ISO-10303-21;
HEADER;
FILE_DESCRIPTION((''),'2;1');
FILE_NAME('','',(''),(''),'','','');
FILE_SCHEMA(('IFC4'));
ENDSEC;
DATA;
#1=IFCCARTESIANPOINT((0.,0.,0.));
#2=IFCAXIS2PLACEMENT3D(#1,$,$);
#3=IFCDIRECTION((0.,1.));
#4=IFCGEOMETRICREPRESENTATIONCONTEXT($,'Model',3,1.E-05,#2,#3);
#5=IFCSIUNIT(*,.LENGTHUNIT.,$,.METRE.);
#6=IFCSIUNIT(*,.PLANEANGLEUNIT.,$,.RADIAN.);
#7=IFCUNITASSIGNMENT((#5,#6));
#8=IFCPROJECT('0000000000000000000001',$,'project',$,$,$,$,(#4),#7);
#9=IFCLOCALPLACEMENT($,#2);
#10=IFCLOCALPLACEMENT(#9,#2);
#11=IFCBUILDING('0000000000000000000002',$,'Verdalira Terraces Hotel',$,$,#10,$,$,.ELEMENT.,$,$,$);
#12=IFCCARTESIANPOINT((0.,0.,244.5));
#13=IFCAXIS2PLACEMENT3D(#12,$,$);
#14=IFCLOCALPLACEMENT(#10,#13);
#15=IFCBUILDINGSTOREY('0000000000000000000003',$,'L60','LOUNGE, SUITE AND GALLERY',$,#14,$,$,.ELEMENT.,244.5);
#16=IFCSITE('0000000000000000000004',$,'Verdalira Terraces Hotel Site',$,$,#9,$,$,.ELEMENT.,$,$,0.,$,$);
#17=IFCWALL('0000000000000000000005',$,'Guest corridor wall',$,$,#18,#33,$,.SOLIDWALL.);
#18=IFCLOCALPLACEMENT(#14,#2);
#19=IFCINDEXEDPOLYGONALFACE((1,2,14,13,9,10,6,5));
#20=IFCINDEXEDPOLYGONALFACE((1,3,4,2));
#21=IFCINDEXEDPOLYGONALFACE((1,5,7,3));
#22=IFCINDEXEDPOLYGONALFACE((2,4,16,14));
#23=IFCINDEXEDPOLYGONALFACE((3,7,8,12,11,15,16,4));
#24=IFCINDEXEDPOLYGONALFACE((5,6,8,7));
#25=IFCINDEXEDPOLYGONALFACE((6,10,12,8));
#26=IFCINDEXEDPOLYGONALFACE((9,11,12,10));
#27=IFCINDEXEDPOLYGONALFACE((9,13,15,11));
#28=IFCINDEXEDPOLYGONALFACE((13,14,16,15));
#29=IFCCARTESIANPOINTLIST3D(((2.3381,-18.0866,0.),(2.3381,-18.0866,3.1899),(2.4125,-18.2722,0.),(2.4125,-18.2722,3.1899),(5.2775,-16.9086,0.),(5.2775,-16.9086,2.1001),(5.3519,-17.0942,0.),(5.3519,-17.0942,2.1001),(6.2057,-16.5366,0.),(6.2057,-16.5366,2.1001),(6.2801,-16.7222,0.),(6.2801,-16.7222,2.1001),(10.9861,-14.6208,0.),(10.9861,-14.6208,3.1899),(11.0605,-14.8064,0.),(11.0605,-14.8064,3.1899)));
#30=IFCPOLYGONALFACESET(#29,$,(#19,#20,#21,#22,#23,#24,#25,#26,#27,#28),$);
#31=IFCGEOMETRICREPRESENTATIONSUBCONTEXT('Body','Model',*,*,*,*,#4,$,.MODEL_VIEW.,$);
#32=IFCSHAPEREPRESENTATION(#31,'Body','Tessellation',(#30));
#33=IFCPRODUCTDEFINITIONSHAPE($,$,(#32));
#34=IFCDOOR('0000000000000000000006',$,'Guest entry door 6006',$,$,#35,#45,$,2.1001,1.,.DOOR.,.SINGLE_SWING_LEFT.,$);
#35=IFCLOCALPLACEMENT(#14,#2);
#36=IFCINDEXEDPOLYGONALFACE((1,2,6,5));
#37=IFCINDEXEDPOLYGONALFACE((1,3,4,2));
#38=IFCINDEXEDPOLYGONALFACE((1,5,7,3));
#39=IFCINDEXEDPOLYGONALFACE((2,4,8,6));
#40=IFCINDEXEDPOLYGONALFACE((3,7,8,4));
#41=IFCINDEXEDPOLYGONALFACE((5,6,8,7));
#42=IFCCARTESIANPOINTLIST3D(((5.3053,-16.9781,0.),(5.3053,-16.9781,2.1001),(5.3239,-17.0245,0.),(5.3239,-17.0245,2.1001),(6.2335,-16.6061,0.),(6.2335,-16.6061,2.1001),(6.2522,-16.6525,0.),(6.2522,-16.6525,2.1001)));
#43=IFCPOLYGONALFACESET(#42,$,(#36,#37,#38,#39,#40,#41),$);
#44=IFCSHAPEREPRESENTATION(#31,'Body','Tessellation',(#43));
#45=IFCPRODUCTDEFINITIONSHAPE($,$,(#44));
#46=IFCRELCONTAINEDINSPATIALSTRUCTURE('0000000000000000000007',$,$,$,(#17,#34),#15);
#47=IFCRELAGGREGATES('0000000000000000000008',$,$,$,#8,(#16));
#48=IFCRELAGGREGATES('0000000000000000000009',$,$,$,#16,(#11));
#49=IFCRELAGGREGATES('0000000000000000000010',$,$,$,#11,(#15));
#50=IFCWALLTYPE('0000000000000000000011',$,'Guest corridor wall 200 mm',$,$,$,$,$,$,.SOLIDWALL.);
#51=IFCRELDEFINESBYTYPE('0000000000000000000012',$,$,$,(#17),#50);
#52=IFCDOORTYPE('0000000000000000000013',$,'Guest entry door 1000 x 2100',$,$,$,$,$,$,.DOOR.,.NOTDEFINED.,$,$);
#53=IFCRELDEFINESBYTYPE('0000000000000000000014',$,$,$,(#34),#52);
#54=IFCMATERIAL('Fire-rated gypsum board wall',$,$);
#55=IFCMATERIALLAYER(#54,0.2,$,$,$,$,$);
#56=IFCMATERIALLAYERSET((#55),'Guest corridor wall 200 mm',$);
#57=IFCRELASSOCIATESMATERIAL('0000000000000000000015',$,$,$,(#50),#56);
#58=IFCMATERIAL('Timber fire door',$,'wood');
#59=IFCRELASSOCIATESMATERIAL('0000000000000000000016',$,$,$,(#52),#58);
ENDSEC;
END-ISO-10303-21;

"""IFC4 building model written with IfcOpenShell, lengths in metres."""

from ifc_helpers import new_model, si_unit, direction, frame, frame_2d, origin, place, context, subcontext, project, spatial, rectangle, extrude, material, layer, layer_set, type_object, element, fill, save


model = new_model("IFC4")

# Units and contexts
model_context = context("Model", 3, precision=1e-05, world=origin(), true_north=direction((0.0, 1.0)))
body_context = subcontext(model_context, "Body", "Model", "MODEL_VIEW")
ifc_project = project(units=[si_unit("LENGTHUNIT", "METRE"), si_unit("PLANEANGLEUNIT", "RADIAN")], contexts=[model_context])

# Site, building, storey
site_placement = place(None, origin())
site = spatial("IfcSite", under=ifc_project, at=site_placement, Name="Verdalira Terraces Hotel Site", CompositionType="ELEMENT", RefElevation=0.0)
building_placement = place(site_placement, origin())
building = spatial("IfcBuilding", under=site, at=building_placement, Name="Verdalira Terraces Hotel", CompositionType="ELEMENT")
storey_placement = place(building_placement, frame((0.0, 0.0, 244.5)))
storey = spatial("IfcBuildingStorey", under=building, at=storey_placement, Name="L60", Description="LOUNGE, SUITE AND GALLERY", CompositionType="ELEMENT", Elevation=244.5)

# Wall, opening, door
ifc_material_1 = material(Name="Fire-rated gypsum board wall")
ifc_layer_1 = layer(ifc_material_1, 0.2)
ifc_layer_set_1 = layer_set([ifc_layer_1], Name="Guest corridor wall 200 mm")
wall_type_1 = type_object("IfcWallType", Name="Guest corridor wall 200 mm", PredefinedType="SOLIDWALL", material=ifc_layer_set_1)
wall_1_placement = place(storey_placement, frame((11.0232, -14.7136, 0.0), z_axis=(0.0, 0.0, 1.0), x_axis=(-0.928231, -0.372005, 0.0)))
wall_1 = element("IfcWall", 1, at=wall_1_placement, inside=storey, type_object=wall_type_1, Name="Guest corridor wall", PredefinedType="SOLIDWALL", context=body_context, shape_type="SweptSolid", body=[
    extrude(rectangle(XDim=9.3166, YDim=0.2, at=frame_2d((4.6582, 0.0))), origin(), (0.0, 0.0, 1.0), 3.1899),
])
opening_1_placement = place(wall_1_placement, frame((5.1499, 0.0, 0.0)))
opening_1 = element("IfcOpeningElement", 2, at=opening_1_placement, cuts=wall_1, PredefinedType="OPENING", context=body_context, shape_type="SweptSolid", body=[
    extrude(rectangle(XDim=1.0, YDim=2.1001, at=frame_2d((0.5, 1.05))), frame((0.0, 0.1099, 0.0), z_axis=(0.0, -1.0, 0.0), x_axis=(1.0, 0.0, 0.0)), (0.0, 0.0, 1.0), 0.22),
])
ifc_material_2 = material(Name="Timber fire door", Category="wood")
door_type_1 = type_object("IfcDoorType", Name="Guest entry door 1000 x 2100", OperationType="NOTDEFINED", PredefinedType="DOOR", material=ifc_material_2)
door_1_placement = place(opening_1_placement, origin())
door_1 = element("IfcDoor", 3, at=door_1_placement, inside=storey, type_object=door_type_1, Name="Guest entry door 6006", OperationType="SINGLE_SWING_LEFT", OverallHeight=2.1001, OverallWidth=1.0, PredefinedType="DOOR", context=body_context, shape_type="SweptSolid", body=[
    extrude(rectangle(XDim=1.0, YDim=2.1001, at=frame_2d((0.5, 1.05))), frame((0.0, 0.0249, 0.0), z_axis=(0.0, -1.0, 0.0), x_axis=(1.0, 0.0, 0.0)), (0.0, 0.0, 1.0), 0.05),
])
fill(opening_1, door_1)

save(model, "model.ifc")
